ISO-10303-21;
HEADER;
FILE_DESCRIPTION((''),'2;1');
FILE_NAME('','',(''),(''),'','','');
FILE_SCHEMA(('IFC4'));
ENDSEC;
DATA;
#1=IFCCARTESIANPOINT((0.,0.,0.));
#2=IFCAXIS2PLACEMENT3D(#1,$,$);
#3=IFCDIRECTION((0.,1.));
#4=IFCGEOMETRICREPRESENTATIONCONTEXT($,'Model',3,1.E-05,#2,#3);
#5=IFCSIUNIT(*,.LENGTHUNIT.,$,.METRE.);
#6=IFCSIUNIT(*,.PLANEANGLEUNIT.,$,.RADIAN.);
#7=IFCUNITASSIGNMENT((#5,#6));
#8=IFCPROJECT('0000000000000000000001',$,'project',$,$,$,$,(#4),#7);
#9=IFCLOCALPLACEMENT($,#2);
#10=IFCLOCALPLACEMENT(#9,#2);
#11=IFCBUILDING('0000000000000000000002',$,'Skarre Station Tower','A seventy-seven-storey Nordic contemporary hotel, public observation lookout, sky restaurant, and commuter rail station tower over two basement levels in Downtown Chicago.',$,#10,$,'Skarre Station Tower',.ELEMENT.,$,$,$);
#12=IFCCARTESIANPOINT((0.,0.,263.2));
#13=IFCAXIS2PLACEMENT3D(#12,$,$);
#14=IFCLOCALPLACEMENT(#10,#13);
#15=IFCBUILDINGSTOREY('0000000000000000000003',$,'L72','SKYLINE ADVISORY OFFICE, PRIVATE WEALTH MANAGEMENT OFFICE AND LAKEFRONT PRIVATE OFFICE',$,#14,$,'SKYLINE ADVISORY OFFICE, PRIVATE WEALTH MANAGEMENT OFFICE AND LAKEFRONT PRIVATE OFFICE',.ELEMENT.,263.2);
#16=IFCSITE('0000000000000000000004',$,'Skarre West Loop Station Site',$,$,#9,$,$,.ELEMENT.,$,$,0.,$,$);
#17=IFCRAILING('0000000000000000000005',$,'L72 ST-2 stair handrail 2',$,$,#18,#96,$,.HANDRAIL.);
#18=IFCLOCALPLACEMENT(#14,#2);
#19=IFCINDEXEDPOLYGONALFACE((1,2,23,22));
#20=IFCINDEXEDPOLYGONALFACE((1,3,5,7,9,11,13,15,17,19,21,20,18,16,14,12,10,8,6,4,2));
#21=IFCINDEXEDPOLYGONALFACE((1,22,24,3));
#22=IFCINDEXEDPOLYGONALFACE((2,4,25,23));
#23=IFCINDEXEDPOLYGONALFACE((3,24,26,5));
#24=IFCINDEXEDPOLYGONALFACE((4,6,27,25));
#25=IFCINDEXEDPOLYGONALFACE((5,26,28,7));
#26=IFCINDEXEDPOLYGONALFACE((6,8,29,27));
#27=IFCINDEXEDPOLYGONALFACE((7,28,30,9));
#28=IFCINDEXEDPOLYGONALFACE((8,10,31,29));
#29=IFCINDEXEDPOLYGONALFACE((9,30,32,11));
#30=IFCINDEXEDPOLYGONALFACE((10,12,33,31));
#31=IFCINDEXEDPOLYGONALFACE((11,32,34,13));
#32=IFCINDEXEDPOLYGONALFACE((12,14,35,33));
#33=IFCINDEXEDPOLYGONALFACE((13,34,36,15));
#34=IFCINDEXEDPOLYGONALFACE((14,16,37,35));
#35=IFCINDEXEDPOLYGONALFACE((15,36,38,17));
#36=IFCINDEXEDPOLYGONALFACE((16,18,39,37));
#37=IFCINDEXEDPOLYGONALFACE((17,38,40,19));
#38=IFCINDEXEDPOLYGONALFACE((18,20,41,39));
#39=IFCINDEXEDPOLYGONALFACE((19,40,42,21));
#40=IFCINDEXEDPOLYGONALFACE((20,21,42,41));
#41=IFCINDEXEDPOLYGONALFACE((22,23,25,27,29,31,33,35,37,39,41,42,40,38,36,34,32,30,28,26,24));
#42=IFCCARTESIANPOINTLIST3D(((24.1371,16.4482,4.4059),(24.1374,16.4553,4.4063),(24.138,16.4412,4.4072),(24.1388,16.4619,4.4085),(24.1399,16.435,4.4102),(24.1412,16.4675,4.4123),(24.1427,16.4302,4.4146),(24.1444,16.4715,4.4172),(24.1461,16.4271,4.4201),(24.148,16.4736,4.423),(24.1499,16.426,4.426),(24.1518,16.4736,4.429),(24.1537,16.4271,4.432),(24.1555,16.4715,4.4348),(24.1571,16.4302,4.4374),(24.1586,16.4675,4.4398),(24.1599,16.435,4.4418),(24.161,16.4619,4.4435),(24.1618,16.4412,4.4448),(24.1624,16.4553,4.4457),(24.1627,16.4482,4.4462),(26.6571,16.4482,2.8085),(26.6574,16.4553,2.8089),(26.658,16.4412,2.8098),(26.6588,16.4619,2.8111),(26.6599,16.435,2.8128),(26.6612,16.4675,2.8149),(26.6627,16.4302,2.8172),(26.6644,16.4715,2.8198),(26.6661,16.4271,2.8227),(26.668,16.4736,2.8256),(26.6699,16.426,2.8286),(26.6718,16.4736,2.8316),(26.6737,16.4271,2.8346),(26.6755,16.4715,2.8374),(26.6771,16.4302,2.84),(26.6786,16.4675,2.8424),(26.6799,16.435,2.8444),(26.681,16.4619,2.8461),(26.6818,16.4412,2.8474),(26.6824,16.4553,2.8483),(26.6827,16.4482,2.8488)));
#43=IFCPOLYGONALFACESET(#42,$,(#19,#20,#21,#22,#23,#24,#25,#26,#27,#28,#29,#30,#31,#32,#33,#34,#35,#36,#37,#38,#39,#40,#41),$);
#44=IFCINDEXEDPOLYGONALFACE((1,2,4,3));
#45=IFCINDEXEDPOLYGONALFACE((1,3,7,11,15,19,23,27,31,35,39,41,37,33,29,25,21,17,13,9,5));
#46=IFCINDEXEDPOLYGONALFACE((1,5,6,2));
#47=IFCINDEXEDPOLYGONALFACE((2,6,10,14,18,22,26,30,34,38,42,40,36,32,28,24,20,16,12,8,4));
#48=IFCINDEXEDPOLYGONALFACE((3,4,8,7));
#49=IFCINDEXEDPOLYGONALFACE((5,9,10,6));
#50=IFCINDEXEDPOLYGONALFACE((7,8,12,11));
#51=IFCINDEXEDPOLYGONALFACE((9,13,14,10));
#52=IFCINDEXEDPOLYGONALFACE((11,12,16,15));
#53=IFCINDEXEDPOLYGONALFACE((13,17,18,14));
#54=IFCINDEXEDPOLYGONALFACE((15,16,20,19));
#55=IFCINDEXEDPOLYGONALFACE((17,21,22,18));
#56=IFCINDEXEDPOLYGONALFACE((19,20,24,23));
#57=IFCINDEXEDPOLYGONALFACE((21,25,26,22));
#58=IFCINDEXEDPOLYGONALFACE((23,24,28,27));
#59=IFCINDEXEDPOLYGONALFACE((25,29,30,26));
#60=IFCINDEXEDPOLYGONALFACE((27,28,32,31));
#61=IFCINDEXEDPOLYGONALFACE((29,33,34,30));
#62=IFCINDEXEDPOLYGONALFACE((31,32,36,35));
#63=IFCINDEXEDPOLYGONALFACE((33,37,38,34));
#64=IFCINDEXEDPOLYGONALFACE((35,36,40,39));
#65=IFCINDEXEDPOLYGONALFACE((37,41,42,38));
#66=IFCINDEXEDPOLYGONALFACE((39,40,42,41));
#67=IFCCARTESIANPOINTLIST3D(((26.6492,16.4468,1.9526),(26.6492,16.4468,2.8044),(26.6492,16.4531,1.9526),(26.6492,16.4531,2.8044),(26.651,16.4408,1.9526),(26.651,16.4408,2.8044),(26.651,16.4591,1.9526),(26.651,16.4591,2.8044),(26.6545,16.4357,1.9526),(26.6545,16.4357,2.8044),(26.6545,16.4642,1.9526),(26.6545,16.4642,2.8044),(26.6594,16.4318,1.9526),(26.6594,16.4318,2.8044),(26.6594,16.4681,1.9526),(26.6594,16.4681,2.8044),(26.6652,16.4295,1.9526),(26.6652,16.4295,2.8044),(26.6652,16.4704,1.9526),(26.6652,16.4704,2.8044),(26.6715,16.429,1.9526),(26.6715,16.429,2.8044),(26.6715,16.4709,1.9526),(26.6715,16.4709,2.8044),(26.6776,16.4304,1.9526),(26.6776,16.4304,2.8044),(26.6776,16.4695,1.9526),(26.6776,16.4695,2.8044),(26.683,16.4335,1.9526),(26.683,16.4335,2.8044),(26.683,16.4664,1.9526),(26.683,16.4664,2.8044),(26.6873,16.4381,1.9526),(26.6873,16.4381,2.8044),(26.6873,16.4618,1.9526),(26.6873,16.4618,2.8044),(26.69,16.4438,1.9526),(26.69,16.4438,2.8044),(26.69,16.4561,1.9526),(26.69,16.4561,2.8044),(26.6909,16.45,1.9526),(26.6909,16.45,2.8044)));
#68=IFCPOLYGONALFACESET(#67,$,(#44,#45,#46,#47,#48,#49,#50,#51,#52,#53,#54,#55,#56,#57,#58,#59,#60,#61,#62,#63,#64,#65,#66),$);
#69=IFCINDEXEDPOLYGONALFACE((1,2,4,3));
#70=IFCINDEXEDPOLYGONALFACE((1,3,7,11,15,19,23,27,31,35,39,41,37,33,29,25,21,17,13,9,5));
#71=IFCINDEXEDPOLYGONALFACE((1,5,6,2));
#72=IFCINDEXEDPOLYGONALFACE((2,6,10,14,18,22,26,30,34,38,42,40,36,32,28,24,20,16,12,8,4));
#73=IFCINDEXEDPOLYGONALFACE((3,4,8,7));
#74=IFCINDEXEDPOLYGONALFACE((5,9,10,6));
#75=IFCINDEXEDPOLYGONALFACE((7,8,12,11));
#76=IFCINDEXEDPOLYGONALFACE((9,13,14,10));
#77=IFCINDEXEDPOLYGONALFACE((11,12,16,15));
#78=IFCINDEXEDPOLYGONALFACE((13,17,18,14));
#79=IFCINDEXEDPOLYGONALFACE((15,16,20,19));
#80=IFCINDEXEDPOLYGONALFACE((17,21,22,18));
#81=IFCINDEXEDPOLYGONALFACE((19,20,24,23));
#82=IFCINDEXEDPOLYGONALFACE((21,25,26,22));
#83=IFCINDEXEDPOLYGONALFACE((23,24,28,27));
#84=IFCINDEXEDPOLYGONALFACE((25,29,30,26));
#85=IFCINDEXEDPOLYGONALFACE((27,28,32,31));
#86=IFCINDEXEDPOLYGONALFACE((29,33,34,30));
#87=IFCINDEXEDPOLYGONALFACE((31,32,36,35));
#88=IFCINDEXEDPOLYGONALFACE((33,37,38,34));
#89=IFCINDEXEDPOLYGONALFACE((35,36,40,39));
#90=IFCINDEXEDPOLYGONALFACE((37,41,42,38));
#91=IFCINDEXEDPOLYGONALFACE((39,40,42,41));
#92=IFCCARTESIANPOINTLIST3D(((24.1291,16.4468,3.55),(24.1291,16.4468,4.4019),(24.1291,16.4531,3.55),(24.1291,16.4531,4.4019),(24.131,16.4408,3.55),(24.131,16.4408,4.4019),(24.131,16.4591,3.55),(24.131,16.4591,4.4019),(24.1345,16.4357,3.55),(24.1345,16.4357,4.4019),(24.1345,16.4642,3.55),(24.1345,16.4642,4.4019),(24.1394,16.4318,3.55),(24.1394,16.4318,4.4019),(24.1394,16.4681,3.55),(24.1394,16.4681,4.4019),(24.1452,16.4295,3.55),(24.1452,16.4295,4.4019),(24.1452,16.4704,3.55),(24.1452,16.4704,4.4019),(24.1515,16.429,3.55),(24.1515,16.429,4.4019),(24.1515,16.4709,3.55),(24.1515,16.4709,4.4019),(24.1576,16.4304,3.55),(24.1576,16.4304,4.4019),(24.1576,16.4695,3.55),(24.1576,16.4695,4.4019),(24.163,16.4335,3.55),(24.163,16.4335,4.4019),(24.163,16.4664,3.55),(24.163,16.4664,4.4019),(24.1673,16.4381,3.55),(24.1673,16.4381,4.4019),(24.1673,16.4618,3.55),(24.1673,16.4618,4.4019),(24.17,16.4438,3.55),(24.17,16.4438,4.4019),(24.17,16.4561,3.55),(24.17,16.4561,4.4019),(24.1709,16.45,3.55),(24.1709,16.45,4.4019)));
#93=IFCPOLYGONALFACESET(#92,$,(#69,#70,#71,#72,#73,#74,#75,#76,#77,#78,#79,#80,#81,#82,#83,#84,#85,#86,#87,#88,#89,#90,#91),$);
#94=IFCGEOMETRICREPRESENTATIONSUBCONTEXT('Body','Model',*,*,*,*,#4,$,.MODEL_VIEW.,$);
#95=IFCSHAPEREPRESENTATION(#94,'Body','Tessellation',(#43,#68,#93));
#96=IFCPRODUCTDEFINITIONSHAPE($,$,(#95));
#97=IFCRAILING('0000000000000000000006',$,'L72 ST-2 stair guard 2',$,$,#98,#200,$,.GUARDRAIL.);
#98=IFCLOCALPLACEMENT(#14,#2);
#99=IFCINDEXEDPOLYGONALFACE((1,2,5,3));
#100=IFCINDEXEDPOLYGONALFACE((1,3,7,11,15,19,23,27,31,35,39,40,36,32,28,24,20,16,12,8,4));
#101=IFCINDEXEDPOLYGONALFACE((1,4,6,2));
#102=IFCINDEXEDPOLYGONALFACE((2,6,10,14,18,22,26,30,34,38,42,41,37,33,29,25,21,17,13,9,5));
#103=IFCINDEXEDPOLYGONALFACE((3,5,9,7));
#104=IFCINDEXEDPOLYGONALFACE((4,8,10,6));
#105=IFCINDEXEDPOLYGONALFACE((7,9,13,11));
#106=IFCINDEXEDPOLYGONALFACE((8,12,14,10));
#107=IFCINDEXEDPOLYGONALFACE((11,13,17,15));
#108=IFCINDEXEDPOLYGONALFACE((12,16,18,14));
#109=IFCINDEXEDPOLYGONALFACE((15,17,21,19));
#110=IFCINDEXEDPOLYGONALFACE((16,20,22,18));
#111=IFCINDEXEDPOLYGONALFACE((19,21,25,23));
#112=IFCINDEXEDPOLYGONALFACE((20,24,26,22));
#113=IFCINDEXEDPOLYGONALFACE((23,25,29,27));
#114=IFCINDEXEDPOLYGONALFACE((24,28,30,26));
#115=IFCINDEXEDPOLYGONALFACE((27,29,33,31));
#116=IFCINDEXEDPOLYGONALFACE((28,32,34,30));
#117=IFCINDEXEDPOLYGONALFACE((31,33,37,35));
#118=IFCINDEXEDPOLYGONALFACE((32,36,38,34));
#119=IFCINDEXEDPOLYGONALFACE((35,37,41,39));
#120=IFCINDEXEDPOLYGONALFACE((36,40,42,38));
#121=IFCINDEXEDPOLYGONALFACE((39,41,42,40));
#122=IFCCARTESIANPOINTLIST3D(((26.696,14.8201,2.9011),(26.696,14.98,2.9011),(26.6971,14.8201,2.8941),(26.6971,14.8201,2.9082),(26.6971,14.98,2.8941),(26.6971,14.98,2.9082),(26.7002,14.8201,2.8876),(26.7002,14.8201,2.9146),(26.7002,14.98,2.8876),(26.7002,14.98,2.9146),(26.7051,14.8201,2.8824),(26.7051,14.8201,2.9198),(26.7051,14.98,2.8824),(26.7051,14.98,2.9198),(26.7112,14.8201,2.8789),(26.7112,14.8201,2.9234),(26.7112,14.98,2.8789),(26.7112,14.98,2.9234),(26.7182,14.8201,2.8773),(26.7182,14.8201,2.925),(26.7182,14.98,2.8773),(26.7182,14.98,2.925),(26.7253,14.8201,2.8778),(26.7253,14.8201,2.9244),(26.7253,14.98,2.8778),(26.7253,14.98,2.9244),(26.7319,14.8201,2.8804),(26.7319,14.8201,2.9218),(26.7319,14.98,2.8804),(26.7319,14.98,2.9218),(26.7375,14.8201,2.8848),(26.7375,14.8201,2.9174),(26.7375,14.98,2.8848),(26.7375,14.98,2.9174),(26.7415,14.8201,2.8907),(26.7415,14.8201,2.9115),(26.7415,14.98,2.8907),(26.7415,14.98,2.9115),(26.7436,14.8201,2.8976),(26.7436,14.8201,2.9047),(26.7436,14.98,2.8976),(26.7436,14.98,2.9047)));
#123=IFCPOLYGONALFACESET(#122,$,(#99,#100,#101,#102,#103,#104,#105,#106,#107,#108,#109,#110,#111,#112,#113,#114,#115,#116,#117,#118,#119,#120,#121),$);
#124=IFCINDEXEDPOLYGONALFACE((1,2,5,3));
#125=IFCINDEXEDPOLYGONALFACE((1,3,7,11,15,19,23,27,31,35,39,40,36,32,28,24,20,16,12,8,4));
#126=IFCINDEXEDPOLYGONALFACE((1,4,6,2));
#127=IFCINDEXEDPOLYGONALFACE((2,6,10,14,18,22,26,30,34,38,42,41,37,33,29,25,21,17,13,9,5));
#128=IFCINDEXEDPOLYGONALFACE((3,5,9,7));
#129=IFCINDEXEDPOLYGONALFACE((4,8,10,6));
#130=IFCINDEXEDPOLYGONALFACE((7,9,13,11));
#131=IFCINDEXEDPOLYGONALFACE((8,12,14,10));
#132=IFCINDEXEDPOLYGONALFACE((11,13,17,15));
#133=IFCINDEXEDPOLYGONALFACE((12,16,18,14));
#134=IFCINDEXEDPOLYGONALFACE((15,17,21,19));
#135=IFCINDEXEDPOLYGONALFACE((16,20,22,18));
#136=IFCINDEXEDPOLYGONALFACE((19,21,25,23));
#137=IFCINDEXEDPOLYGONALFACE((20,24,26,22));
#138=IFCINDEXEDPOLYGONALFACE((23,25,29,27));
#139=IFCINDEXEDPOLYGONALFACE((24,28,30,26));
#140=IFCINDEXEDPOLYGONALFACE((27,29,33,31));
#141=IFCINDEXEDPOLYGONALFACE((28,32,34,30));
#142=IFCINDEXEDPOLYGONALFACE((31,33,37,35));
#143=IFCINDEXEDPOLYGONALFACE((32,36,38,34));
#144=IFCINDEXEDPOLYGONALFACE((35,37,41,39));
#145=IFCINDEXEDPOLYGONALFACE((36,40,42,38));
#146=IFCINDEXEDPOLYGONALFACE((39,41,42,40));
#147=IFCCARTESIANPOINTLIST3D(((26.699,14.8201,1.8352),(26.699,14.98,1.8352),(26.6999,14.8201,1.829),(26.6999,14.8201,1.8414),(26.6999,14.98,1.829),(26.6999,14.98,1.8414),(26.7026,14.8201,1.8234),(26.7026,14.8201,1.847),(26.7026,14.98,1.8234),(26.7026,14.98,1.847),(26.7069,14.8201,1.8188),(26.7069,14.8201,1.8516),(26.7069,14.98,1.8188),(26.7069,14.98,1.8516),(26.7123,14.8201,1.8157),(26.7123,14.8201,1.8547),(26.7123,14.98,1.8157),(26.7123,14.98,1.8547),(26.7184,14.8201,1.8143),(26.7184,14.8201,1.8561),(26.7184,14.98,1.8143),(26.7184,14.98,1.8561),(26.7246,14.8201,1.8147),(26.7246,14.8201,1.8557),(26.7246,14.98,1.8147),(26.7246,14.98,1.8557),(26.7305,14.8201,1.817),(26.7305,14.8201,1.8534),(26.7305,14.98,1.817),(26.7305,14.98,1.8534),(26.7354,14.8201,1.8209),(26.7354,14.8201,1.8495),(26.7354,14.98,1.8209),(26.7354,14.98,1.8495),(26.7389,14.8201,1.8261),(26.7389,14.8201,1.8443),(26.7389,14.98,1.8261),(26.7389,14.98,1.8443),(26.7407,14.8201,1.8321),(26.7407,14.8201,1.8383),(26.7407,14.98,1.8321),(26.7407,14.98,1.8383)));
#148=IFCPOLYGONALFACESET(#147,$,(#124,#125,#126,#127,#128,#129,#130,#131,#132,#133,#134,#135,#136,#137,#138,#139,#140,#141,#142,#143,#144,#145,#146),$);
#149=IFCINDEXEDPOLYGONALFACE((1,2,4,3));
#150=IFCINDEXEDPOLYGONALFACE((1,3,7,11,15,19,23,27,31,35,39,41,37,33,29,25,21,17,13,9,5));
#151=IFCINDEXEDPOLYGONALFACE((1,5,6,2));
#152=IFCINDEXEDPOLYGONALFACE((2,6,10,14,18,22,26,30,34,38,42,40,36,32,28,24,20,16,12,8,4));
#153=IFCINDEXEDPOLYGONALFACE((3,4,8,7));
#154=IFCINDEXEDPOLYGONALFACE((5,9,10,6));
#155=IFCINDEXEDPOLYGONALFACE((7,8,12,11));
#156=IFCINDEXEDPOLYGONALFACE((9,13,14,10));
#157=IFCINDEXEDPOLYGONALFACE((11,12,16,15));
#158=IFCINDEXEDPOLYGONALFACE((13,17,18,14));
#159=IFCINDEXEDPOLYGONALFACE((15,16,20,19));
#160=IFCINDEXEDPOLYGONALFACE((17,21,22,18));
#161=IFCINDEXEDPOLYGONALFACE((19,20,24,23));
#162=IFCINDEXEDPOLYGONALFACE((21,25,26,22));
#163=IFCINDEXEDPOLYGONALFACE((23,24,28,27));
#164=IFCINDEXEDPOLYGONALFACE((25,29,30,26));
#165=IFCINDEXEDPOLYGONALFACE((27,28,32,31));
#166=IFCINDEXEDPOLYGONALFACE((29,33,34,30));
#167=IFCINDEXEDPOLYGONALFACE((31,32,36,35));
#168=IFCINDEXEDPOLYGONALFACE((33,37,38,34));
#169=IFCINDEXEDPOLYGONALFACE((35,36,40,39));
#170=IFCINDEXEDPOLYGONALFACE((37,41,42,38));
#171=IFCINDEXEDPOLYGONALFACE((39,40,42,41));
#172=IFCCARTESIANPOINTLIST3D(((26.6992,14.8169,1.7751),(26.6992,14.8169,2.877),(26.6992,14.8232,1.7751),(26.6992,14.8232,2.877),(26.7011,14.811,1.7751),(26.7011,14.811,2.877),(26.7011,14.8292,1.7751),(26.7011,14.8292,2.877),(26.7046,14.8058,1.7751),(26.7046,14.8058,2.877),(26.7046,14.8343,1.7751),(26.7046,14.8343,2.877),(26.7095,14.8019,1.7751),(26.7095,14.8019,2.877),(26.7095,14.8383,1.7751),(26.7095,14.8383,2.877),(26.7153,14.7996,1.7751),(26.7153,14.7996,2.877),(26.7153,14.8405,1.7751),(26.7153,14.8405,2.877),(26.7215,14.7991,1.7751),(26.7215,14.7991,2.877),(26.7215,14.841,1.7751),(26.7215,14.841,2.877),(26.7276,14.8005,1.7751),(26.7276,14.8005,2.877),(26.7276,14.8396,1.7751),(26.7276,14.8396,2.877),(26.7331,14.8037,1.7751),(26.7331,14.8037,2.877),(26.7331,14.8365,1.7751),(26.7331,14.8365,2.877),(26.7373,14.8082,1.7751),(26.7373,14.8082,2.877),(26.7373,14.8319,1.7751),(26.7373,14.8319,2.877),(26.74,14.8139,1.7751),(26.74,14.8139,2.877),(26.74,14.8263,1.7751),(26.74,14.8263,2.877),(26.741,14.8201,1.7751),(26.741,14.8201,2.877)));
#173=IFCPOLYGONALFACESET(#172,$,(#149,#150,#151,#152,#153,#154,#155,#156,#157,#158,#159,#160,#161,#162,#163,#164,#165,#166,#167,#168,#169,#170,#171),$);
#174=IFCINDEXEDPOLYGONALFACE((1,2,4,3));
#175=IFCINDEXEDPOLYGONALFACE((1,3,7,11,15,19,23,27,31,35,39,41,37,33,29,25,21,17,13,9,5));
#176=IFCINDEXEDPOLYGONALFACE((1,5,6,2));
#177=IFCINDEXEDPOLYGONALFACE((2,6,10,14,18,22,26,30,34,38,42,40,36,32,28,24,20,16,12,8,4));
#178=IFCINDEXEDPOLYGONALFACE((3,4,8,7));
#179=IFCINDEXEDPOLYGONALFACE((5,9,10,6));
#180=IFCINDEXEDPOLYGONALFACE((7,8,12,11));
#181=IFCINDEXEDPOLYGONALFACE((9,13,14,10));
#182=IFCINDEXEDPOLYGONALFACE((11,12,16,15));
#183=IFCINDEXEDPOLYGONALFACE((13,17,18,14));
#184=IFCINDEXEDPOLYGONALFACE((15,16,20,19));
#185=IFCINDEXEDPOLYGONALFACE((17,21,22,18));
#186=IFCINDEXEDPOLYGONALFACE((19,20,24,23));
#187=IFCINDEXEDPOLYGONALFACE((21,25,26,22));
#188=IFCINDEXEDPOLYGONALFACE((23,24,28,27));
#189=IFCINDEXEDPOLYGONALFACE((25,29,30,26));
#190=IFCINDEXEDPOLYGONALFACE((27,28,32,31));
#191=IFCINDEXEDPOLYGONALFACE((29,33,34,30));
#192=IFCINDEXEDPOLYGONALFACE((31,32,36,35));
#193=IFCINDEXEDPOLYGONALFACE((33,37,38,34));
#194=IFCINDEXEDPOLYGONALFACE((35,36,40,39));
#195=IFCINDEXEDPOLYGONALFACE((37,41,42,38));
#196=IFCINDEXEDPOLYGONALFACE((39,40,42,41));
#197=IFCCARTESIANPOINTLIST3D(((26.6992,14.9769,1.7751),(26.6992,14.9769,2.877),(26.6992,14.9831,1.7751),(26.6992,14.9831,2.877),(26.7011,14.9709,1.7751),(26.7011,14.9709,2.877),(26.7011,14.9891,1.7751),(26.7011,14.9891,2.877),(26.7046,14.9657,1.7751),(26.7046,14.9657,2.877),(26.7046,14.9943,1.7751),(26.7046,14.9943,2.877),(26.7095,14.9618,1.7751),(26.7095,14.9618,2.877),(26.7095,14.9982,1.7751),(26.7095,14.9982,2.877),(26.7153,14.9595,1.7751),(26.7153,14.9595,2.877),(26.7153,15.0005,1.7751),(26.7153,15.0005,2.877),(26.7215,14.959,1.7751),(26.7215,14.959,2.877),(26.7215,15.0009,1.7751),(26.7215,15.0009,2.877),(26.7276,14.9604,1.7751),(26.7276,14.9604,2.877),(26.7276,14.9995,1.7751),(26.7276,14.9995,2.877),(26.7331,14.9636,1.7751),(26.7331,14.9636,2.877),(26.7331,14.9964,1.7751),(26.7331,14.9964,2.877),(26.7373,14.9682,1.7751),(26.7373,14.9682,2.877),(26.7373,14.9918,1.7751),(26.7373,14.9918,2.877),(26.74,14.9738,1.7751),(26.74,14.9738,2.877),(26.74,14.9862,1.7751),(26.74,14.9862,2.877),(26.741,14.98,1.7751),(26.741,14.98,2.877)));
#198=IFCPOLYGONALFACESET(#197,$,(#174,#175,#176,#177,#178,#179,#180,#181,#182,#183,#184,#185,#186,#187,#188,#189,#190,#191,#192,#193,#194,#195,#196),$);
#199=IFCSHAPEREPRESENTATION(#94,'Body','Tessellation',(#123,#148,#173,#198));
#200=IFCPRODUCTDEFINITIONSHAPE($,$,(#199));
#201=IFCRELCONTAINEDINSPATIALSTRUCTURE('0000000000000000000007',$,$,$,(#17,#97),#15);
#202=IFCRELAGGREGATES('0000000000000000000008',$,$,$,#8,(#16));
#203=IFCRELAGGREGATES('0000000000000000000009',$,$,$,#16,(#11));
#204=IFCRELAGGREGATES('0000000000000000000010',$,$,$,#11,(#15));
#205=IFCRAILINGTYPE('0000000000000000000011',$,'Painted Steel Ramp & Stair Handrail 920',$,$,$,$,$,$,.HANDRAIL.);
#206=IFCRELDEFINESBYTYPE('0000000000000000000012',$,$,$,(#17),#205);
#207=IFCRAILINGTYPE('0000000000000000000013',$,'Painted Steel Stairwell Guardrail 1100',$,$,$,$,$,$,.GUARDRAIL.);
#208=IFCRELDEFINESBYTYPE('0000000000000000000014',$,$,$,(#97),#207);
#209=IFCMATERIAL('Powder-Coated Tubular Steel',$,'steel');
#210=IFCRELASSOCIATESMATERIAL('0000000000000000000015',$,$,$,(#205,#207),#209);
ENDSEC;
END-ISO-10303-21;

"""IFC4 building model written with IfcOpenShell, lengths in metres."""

from ifc_helpers import new_model, si_unit, direction, frame, origin, origin_2d, place, context, subcontext, project, spatial, circle, extrude, material, type_object, element, save


model = new_model("IFC4")

# Units and contexts
model_context = context("Model", 3, precision=1e-05, world=origin(), true_north=direction((0.0, 1.0)))
body_context = subcontext(model_context, "Body", "Model", "MODEL_VIEW")
ifc_project = project(units=[si_unit("LENGTHUNIT", "METRE"), si_unit("PLANEANGLEUNIT", "RADIAN")], contexts=[model_context])

# Site, building, storey
site_placement = place(None, origin())
site = spatial("IfcSite", under=ifc_project, at=site_placement, Name="Skarre West Loop Station Site", CompositionType="ELEMENT", RefElevation=0.0)
building_placement = place(site_placement, origin())
building = spatial("IfcBuilding", under=site, at=building_placement, Name="Skarre Station Tower", Description="A seventy-seven-storey Nordic contemporary hotel, public observation lookout, sky restaurant, and commuter rail station tower over two basement levels in Downtown Chicago.", LongName="Skarre Station Tower", CompositionType="ELEMENT")
storey_placement = place(building_placement, frame((0.0, 0.0, 263.2)))
storey = spatial("IfcBuildingStorey", under=building, at=storey_placement, Name="L72", Description="SKYLINE ADVISORY OFFICE, PRIVATE WEALTH MANAGEMENT OFFICE AND LAKEFRONT PRIVATE OFFICE", LongName="SKYLINE ADVISORY OFFICE, PRIVATE WEALTH MANAGEMENT OFFICE AND LAKEFRONT PRIVATE OFFICE", CompositionType="ELEMENT", Elevation=263.2)

# Railings
ifc_material_1 = material(Name="Powder-Coated Tubular Steel", Category="steel")
railing_type_1 = type_object("IfcRailingType", Name="Painted Steel Ramp & Stair Handrail 920", PredefinedType="HANDRAIL", material=ifc_material_1)
railing_1_placement = place(storey_placement, frame((26.6699, 16.45, 1.9526)))
element("IfcRailing", 1, at=railing_1_placement, inside=storey, type_object=railing_type_1, Name="L72 ST-2 stair handrail 2", PredefinedType="HANDRAIL", context=body_context, shape_type="SweptSolid", body=[
    extrude(circle(Radius=0.0239, at=origin_2d()), frame((0.0, 0.0, 0.876), z_axis=(-0.844607, 0.0, 0.535387), x_axis=(0.0, -1.0, 0.0)), (0.0, 0.0, 1.0), 2.9836),
    extrude(circle(Radius=0.021, at=origin_2d()), origin(), (0.0, 0.0, 1.0), 0.8518),
    extrude(circle(Radius=0.021, at=origin_2d()), frame((-2.52, 0.0, 1.5974)), (0.0, 0.0, 1.0), 0.8518),
])
railing_type_2 = type_object("IfcRailingType", Name="Painted Steel Stairwell Guardrail 1100", PredefinedType="GUARDRAIL", material=ifc_material_1)
railing_2_placement = place(storey_placement, frame((26.72, 14.8201, 1.7751)))
element("IfcRailing", 2, at=railing_2_placement, inside=storey, type_object=railing_type_2, Name="L72 ST-2 stair guard 2", PredefinedType="GUARDRAIL", context=body_context, shape_type="SweptSolid", body=[
    extrude(circle(Radius=0.0239, at=origin_2d()), frame((0.0, 0.0, 1.126), z_axis=(0.0, 1.0, 0.0), x_axis=(-1.0, 0.0, 0.0)), (0.0, 0.0, 1.0), 0.1599),
    extrude(circle(Radius=0.021, at=origin_2d()), frame((0.0, 0.0, 0.0601), z_axis=(0.0, 1.0, 0.0), x_axis=(-1.0, 0.0, 0.0)), (0.0, 0.0, 1.0), 0.1599),
    extrude(circle(Radius=0.021, at=origin_2d()), origin(), (0.0, 0.0, 1.0), 1.1018),
    extrude(circle(Radius=0.021, at=origin_2d()), frame((0.0, 0.1599, 0.0)), (0.0, 0.0, 1.0), 1.1018),
])

save(model, "model.ifc")
